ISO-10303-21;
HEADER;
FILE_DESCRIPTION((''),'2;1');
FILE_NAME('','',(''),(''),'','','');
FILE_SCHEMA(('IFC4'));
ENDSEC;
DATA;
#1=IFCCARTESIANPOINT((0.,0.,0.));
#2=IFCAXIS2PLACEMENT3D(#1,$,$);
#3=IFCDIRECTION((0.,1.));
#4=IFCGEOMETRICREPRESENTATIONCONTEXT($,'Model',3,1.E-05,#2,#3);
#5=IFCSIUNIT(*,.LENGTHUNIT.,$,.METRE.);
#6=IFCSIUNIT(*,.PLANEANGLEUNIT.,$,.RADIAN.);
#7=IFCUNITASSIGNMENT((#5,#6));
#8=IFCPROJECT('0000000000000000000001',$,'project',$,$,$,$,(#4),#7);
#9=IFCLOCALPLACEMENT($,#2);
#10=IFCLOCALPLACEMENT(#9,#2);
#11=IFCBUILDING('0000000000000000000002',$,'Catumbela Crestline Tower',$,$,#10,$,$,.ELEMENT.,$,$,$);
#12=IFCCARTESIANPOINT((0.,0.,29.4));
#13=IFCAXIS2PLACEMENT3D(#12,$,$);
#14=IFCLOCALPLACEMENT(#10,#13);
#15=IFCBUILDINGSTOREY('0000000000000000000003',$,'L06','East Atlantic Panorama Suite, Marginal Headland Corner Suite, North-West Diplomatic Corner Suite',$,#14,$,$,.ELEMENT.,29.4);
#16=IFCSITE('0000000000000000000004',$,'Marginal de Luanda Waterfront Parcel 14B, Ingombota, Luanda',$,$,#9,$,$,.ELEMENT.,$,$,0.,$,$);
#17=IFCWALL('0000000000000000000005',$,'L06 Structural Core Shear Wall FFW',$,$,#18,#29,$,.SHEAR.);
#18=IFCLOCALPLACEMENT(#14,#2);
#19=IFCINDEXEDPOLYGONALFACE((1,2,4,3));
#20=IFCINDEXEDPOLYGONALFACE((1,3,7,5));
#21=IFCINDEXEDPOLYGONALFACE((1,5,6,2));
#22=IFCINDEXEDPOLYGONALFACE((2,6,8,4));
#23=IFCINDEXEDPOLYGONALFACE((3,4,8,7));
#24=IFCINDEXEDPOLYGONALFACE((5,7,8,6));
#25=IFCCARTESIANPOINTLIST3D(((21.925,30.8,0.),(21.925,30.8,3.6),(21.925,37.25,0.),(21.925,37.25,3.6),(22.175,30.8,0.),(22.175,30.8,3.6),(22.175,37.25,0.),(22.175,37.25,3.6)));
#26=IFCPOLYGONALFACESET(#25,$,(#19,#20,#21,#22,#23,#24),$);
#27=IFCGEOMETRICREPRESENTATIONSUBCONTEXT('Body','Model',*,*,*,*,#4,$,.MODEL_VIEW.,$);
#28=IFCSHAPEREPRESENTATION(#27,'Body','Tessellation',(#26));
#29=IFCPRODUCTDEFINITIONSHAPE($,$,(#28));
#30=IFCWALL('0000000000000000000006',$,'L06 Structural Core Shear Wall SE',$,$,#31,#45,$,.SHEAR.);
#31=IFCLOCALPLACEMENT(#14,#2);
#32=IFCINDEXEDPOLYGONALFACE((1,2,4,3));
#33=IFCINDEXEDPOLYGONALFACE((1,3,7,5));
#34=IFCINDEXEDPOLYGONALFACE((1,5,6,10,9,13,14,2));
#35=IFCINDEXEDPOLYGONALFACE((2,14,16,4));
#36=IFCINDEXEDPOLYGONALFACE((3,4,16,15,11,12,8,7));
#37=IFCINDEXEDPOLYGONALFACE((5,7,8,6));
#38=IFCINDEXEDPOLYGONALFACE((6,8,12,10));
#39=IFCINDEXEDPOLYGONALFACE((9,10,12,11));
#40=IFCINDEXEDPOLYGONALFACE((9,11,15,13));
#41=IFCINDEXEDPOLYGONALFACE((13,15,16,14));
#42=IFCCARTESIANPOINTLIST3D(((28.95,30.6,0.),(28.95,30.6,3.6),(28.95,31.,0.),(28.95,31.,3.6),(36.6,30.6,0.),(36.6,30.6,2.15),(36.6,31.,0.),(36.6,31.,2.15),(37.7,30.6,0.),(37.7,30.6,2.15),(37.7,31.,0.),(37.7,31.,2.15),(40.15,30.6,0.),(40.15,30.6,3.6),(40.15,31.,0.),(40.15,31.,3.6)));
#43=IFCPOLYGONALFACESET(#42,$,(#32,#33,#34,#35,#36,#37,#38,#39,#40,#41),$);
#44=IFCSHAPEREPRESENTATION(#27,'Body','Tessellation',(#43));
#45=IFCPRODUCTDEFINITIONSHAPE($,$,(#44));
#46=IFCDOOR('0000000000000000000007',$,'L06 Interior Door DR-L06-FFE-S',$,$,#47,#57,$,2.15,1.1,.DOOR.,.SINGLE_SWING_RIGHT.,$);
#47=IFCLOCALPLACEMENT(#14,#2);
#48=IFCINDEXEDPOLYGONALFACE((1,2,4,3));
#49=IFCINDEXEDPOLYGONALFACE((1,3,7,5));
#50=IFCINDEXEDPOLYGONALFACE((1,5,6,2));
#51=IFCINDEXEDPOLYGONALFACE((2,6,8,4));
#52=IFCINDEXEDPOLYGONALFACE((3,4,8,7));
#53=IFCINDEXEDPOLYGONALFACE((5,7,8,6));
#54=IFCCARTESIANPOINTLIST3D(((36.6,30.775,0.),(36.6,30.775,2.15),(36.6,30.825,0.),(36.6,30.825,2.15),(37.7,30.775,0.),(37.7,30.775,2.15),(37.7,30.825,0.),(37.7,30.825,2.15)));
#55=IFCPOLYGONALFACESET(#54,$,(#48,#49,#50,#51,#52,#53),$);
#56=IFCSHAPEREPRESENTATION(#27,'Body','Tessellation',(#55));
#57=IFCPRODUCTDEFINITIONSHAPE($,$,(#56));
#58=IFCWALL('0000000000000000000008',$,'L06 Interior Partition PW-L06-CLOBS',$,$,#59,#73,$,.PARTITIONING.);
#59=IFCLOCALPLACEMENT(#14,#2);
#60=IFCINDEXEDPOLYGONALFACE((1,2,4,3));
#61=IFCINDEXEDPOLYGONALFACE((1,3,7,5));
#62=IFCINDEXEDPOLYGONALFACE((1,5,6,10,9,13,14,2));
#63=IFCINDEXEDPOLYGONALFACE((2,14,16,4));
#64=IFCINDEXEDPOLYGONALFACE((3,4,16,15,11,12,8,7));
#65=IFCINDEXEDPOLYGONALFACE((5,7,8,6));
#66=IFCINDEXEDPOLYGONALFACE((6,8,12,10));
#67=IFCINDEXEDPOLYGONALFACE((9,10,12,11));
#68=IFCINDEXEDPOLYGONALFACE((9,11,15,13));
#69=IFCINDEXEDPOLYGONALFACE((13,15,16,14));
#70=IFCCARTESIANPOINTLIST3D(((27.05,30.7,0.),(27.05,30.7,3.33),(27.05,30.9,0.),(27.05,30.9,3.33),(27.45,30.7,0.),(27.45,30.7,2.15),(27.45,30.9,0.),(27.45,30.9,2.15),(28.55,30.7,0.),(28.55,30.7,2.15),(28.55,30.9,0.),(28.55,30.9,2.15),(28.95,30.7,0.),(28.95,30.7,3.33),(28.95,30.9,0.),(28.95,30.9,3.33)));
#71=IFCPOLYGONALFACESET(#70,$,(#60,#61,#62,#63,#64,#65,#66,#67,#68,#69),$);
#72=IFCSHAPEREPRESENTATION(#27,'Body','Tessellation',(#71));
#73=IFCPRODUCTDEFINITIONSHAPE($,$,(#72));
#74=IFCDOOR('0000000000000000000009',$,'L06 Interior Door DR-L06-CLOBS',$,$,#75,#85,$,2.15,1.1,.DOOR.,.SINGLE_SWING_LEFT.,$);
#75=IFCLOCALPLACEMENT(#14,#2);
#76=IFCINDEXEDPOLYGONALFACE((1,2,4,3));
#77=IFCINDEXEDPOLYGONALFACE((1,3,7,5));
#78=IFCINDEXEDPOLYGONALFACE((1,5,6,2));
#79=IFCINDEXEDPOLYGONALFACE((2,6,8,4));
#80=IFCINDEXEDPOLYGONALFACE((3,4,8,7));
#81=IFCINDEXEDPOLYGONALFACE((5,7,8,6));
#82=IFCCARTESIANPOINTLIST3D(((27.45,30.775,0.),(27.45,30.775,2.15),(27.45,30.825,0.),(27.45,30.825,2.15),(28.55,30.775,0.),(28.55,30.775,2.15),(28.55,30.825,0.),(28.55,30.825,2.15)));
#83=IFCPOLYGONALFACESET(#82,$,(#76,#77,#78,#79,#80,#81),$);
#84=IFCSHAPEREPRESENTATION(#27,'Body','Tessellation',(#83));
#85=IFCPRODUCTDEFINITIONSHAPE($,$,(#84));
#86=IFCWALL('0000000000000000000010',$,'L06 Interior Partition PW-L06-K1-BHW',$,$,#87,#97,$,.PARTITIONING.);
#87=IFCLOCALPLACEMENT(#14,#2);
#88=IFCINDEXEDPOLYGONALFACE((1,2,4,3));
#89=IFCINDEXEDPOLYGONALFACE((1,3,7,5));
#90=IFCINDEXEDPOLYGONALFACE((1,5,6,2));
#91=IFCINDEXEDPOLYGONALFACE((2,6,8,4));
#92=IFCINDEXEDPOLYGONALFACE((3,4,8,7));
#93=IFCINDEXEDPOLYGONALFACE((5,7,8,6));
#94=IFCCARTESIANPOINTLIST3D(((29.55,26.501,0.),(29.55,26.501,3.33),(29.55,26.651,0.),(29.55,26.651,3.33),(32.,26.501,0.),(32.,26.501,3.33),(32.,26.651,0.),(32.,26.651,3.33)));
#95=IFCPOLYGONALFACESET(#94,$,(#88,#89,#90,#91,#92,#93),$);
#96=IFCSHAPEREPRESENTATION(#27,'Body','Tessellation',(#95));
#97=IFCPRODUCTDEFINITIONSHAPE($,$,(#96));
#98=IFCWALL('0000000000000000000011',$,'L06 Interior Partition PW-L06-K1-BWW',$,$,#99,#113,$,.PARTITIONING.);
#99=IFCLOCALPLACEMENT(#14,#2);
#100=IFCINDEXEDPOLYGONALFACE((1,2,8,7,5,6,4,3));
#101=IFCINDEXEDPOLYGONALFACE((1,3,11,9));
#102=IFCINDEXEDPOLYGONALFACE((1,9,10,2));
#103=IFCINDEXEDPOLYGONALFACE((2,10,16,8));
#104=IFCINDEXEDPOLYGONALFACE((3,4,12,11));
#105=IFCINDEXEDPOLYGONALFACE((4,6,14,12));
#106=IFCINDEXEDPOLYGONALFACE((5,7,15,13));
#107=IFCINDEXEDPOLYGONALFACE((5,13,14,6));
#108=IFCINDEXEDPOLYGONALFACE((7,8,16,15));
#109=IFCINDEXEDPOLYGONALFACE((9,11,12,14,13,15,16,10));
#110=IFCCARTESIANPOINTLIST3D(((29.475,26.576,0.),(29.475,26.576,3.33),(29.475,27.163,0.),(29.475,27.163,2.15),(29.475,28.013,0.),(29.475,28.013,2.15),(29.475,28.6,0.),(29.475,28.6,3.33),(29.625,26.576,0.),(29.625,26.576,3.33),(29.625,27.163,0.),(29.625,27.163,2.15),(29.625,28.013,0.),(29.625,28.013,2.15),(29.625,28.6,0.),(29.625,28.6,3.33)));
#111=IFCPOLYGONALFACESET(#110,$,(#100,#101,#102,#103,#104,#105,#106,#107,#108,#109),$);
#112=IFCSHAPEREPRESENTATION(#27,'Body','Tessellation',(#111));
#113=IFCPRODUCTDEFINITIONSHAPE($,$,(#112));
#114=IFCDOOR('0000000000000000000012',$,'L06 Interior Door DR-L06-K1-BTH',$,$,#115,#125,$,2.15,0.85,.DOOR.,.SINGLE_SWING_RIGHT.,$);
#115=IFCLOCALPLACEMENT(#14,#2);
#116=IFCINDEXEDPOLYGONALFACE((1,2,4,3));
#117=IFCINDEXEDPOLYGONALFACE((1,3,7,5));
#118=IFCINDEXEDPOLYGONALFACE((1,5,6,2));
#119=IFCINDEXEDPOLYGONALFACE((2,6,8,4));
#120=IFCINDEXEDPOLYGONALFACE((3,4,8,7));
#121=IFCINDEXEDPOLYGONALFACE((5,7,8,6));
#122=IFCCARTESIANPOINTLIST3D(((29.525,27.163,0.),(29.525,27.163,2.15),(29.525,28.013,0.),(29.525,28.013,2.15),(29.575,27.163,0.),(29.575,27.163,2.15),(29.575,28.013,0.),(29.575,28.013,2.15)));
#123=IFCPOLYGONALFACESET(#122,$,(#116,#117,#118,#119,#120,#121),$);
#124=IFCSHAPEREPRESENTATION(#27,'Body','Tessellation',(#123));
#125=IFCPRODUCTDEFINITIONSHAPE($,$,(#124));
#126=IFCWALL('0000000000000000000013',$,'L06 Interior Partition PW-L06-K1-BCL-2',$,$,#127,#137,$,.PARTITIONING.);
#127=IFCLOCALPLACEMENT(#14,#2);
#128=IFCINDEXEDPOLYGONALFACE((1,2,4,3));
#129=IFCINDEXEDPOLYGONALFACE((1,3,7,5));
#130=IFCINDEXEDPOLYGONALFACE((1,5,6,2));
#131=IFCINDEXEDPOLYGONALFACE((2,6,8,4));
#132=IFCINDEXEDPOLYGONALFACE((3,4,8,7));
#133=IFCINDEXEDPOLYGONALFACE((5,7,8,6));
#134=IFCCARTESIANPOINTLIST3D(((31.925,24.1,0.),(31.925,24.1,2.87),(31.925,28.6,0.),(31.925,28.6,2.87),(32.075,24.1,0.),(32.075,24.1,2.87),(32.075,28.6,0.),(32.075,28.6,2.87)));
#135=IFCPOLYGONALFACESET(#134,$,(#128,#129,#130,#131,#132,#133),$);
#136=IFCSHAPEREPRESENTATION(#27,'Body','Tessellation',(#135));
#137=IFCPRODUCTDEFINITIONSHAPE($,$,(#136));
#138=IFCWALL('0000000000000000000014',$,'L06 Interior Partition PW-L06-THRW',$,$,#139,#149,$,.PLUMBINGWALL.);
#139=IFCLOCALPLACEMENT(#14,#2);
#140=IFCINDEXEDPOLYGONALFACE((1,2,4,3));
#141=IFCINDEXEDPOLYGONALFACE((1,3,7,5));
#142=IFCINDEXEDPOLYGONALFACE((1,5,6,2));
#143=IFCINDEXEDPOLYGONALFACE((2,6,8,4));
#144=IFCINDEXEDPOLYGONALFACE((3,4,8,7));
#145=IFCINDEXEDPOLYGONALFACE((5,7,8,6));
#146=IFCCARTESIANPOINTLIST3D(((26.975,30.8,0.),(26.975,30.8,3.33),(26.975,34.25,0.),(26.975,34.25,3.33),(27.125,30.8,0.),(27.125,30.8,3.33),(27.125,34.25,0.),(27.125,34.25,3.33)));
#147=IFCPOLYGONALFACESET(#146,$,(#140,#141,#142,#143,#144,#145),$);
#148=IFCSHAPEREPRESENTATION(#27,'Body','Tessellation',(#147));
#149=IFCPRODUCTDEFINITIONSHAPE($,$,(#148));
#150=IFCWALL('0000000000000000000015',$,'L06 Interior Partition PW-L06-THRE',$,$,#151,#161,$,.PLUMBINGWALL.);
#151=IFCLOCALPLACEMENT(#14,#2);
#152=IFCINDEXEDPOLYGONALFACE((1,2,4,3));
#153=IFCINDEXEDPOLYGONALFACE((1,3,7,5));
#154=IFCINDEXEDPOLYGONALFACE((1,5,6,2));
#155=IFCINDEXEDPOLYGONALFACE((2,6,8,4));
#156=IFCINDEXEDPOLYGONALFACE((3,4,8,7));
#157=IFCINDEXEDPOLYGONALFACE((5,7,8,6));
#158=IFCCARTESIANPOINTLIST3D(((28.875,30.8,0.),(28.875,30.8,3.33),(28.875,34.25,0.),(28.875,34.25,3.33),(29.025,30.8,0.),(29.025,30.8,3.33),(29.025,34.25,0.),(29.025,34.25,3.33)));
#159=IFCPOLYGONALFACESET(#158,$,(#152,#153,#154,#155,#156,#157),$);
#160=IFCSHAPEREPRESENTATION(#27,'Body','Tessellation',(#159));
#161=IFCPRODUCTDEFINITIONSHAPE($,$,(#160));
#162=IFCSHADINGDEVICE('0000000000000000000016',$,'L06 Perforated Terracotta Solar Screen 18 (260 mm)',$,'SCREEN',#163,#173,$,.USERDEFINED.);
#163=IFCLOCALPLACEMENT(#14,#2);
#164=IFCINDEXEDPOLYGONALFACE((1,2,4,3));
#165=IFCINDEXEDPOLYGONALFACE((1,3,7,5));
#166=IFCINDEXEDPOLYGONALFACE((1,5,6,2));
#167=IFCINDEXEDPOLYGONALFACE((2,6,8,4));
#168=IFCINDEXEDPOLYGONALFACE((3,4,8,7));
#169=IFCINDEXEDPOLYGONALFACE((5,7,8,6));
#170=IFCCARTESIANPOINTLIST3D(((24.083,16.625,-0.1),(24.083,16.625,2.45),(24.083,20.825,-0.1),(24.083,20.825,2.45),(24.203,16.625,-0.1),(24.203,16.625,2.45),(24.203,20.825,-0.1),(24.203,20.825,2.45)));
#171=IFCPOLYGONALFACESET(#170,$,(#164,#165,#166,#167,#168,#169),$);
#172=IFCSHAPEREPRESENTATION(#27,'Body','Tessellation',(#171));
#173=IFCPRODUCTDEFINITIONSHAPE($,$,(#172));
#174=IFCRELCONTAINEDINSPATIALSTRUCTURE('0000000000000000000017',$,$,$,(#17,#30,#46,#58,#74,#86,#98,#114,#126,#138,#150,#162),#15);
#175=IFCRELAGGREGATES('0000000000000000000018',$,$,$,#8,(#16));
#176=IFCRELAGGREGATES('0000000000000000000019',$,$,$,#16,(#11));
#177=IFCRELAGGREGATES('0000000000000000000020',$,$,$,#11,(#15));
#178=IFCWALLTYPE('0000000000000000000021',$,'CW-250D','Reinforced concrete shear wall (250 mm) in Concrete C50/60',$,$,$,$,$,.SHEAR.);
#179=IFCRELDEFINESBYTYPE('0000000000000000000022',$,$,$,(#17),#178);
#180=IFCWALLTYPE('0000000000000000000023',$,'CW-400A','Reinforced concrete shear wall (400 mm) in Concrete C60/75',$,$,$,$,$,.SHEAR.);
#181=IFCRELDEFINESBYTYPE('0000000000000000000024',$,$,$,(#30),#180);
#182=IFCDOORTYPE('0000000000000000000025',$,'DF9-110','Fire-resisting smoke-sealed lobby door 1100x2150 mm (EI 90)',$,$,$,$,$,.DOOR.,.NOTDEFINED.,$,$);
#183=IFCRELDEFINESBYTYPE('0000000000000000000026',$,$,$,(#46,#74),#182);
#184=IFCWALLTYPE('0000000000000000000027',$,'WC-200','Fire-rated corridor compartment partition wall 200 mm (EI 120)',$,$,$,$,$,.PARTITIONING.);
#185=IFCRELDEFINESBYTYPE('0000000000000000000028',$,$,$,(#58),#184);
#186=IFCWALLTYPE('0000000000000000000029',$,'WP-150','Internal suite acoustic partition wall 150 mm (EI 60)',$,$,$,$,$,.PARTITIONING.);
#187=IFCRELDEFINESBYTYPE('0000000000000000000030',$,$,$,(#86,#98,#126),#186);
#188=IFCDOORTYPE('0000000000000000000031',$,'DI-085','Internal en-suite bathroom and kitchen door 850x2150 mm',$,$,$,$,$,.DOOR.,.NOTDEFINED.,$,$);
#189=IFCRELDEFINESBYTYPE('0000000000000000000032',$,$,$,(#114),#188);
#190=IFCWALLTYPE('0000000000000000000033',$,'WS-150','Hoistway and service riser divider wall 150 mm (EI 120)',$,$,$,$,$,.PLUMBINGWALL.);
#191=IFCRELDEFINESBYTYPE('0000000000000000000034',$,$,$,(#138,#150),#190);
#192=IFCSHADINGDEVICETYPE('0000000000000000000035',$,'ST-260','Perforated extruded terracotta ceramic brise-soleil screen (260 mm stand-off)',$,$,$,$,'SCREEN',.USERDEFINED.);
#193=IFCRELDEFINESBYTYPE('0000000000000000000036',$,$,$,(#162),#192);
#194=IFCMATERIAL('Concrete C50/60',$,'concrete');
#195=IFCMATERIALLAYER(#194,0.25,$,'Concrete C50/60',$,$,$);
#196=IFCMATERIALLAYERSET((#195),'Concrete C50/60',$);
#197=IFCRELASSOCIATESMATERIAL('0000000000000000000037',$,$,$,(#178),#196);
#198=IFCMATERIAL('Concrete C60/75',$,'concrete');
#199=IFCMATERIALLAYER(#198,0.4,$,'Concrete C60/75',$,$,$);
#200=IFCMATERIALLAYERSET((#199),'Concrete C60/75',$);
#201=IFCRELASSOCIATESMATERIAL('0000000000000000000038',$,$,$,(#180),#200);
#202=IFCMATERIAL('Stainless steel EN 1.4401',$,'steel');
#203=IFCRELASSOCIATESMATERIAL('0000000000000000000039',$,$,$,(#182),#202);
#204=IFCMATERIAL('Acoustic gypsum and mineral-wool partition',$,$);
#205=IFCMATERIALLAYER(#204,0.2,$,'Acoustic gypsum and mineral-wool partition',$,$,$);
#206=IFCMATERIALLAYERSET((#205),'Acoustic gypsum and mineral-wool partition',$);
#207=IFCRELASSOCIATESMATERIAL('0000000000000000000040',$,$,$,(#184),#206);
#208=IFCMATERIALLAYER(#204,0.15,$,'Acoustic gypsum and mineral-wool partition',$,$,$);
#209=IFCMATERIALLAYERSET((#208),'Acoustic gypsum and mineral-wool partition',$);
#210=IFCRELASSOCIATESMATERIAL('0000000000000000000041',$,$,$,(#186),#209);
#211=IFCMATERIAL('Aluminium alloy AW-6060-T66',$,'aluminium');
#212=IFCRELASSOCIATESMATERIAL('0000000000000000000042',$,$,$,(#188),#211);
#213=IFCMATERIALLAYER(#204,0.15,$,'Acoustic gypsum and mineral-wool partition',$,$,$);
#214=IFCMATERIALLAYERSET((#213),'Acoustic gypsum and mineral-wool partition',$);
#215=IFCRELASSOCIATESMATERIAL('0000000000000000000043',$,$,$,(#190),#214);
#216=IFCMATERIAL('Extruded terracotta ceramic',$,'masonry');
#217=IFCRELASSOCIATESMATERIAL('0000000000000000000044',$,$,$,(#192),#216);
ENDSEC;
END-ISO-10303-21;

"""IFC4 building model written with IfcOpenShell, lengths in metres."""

from ifc_helpers import new_model, si_unit, direction, frame, frame_2d, origin, origin_2d, place, context, subcontext, project, spatial, rectangle, extrude, material, layer, layer_set, type_object, element, fill, save


model = new_model("IFC4")

# Units and contexts
model_context = context("Model", 3, precision=1e-05, world=origin(), true_north=direction((0.0, 1.0)))
body_context = subcontext(model_context, "Body", "Model", "MODEL_VIEW")
ifc_project = project(units=[si_unit("LENGTHUNIT", "METRE"), si_unit("PLANEANGLEUNIT", "RADIAN")], contexts=[model_context])

# Site, building, storey
site_placement = place(None, origin())
site = spatial("IfcSite", under=ifc_project, at=site_placement, Name="Marginal de Luanda Waterfront Parcel 14B, Ingombota, Luanda", CompositionType="ELEMENT", RefElevation=0.0)
building_placement = place(site_placement, origin())
building = spatial("IfcBuilding", under=site, at=building_placement, Name="Catumbela Crestline Tower", CompositionType="ELEMENT")
storey_placement = place(building_placement, frame((0.0, 0.0, 29.4)))
storey = spatial("IfcBuildingStorey", under=building, at=storey_placement, Name="L06", Description="East Atlantic Panorama Suite, Marginal Headland Corner Suite, North-West Diplomatic Corner Suite", CompositionType="ELEMENT", Elevation=29.4)

# Shared definitions
ifc_material_1 = material(Name="Concrete C60/75", Category="concrete")

# Shared definitions
ifc_material_2 = material(Name="Aluminium alloy AW-6060-T66", Category="aluminium")

# Wall
ifc_material_3 = material(Name="Concrete C50/60", Category="concrete")
ifc_layer_1 = layer(ifc_material_3, 0.25, Name="Concrete C50/60")
ifc_layer_set_1 = layer_set([ifc_layer_1], Name="Concrete C50/60")
wall_type_1 = type_object("IfcWallType", Name="CW-250D", Description="Reinforced concrete shear wall (250 mm) in Concrete C50/60", PredefinedType="SHEAR", material=ifc_layer_set_1)
wall_1_placement = place(storey_placement, frame((22.05, 30.8, 0.0), z_axis=(0.0, 0.0, 1.0), x_axis=(0.0, 1.0, 0.0)))
element("IfcWall", 1, at=wall_1_placement, inside=storey, type_object=wall_type_1, Name="L06 Structural Core Shear Wall FFW", PredefinedType="SHEAR", context=body_context, shape_type="SweptSolid", body=[
    extrude(rectangle(XDim=6.45, YDim=0.25, at=frame_2d((3.225, 0.0))), origin(), (0.0, 0.0, 1.0), 3.6),
])

# Walls, openings, doors
ifc_layer_2 = layer(ifc_material_1, 0.4, Name="Concrete C60/75")
ifc_layer_set_2 = layer_set([ifc_layer_2], Name="Concrete C60/75")
wall_type_2 = type_object("IfcWallType", Name="CW-400A", Description="Reinforced concrete shear wall (400 mm) in Concrete C60/75", PredefinedType="SHEAR", material=ifc_layer_set_2)
wall_2_placement = place(storey_placement, frame((28.95, 30.8, 0.0), z_axis=(0.0, 0.0, 1.0), x_axis=(1.0, 0.0, 0.0)))
wall_2 = element("IfcWall", 2, at=wall_2_placement, inside=storey, type_object=wall_type_2, Name="L06 Structural Core Shear Wall SE", PredefinedType="SHEAR", context=body_context, shape_type="SweptSolid", body=[
    extrude(rectangle(XDim=11.2, YDim=0.4, at=frame_2d((5.6, 0.0))), origin(), (0.0, 0.0, 1.0), 3.6),
])
opening_1_placement = place(wall_2_placement, frame((7.65, 0.0, 0.0)))
opening_1 = element("IfcOpeningElement", 3, at=opening_1_placement, cuts=wall_2, PredefinedType="OPENING", context=body_context, shape_type="SweptSolid", body=[
    extrude(rectangle(XDim=1.1, YDim=2.15, at=frame_2d((0.55, 1.075))), frame((0.0, 0.21, 0.0), z_axis=(0.0, -1.0, 0.0), x_axis=(1.0, 0.0, 0.0)), (0.0, 0.0, 1.0), 0.42),
])
ifc_material_4 = material(Name="Stainless steel EN 1.4401", Category="steel")
door_type_1 = type_object("IfcDoorType", Name="DF9-110", Description="Fire-resisting smoke-sealed lobby door 1100x2150 mm (EI 90)", OperationType="NOTDEFINED", PredefinedType="DOOR", material=ifc_material_4)
door_1_placement = place(opening_1_placement, origin())
door_1 = element("IfcDoor", 4, at=door_1_placement, inside=storey, type_object=door_type_1, Name="L06 Interior Door DR-L06-FFE-S", OperationType="SINGLE_SWING_RIGHT", OverallHeight=2.15, OverallWidth=1.1, PredefinedType="DOOR", context=body_context, shape_type="SweptSolid", body=[
    extrude(rectangle(XDim=1.1, YDim=2.15, at=frame_2d((0.55, 1.075))), frame((0.0, 0.025, 0.0), z_axis=(0.0, -1.0, 0.0), x_axis=(1.0, 0.0, 0.0)), (0.0, 0.0, 1.0), 0.05),
])
fill(opening_1, door_1)
ifc_material_5 = material(Name="Acoustic gypsum and mineral-wool partition")
ifc_layer_3 = layer(ifc_material_5, 0.2, Name="Acoustic gypsum and mineral-wool partition")
ifc_layer_set_3 = layer_set([ifc_layer_3], Name="Acoustic gypsum and mineral-wool partition")
wall_type_3 = type_object("IfcWallType", Name="WC-200", Description="Fire-rated corridor compartment partition wall 200 mm (EI 120)", PredefinedType="PARTITIONING", material=ifc_layer_set_3)
wall_3_placement = place(storey_placement, frame((27.05, 30.8, 0.0), z_axis=(0.0, 0.0, 1.0), x_axis=(1.0, 0.0, 0.0)))
wall_3 = element("IfcWall", 5, at=wall_3_placement, inside=storey, type_object=wall_type_3, Name="L06 Interior Partition PW-L06-CLOBS", PredefinedType="PARTITIONING", context=body_context, shape_type="SweptSolid", body=[
    extrude(rectangle(XDim=1.9, YDim=0.2, at=frame_2d((0.95, 0.0))), origin(), (0.0, 0.0, 1.0), 3.33),
])
opening_2_placement = place(wall_3_placement, frame((0.4, 0.0, 0.0)))
opening_2 = element("IfcOpeningElement", 6, at=opening_2_placement, cuts=wall_3, PredefinedType="OPENING", context=body_context, shape_type="SweptSolid", body=[
    extrude(rectangle(XDim=1.1, YDim=2.15, at=frame_2d((0.55, 1.075))), frame((0.0, 0.11, 0.0), z_axis=(0.0, -1.0, 0.0), x_axis=(1.0, 0.0, 0.0)), (0.0, 0.0, 1.0), 0.22),
])
door_2_placement = place(opening_2_placement, origin())
door_2 = element("IfcDoor", 7, at=door_2_placement, inside=storey, type_object=door_type_1, Name="L06 Interior Door DR-L06-CLOBS", OperationType="SINGLE_SWING_LEFT", OverallHeight=2.15, OverallWidth=1.1, PredefinedType="DOOR", context=body_context, shape_type="SweptSolid", body=[
    extrude(rectangle(XDim=1.1, YDim=2.15, at=frame_2d((0.55, 1.075))), frame((0.0, 0.025, 0.0), z_axis=(0.0, -1.0, 0.0), x_axis=(1.0, 0.0, 0.0)), (0.0, 0.0, 1.0), 0.05),
])
fill(opening_2, door_2)

# Wall
ifc_layer_4 = layer(ifc_material_5, 0.15, Name="Acoustic gypsum and mineral-wool partition")
ifc_layer_set_4 = layer_set([ifc_layer_4], Name="Acoustic gypsum and mineral-wool partition")
wall_type_4 = type_object("IfcWallType", Name="WP-150", Description="Internal suite acoustic partition wall 150 mm (EI 60)", PredefinedType="PARTITIONING", material=ifc_layer_set_4)
wall_4_placement = place(storey_placement, frame((29.55, 26.576, 0.0), z_axis=(0.0, 0.0, 1.0), x_axis=(1.0, 0.0, 0.0)))
element("IfcWall", 8, at=wall_4_placement, inside=storey, type_object=wall_type_4, Name="L06 Interior Partition PW-L06-K1-BHW", PredefinedType="PARTITIONING", context=body_context, shape_type="SweptSolid", body=[
    extrude(rectangle(XDim=2.45, YDim=0.15, at=frame_2d((1.225, 0.0))), origin(), (0.0, 0.0, 1.0), 3.33),
])

# Wall, opening, door
wall_5_placement = place(storey_placement, frame((29.55, 26.576, 0.0), z_axis=(0.0, 0.0, 1.0), x_axis=(0.0, 1.0, 0.0)))
wall_5 = element("IfcWall", 9, at=wall_5_placement, inside=storey, type_object=wall_type_4, Name="L06 Interior Partition PW-L06-K1-BWW", PredefinedType="PARTITIONING", context=body_context, shape_type="SweptSolid", body=[
    extrude(rectangle(XDim=2.024, YDim=0.15, at=frame_2d((1.012, 0.0))), origin(), (0.0, 0.0, 1.0), 3.33),
])
opening_3_placement = place(wall_5_placement, frame((0.587, 0.0, 0.0)))
opening_3 = element("IfcOpeningElement", 10, at=opening_3_placement, cuts=wall_5, PredefinedType="OPENING", context=body_context, shape_type="SweptSolid", body=[
    extrude(rectangle(XDim=0.85, YDim=2.15, at=frame_2d((0.425, 1.075))), frame((0.0, 0.085, 0.0), z_axis=(0.0, -1.0, 0.0), x_axis=(1.0, 0.0, 0.0)), (0.0, 0.0, 1.0), 0.17),
])
door_type_2 = type_object("IfcDoorType", Name="DI-085", Description="Internal en-suite bathroom and kitchen door 850x2150 mm", OperationType="NOTDEFINED", PredefinedType="DOOR", material=ifc_material_2)
door_3_placement = place(opening_3_placement, origin())
door_3 = element("IfcDoor", 11, at=door_3_placement, inside=storey, type_object=door_type_2, Name="L06 Interior Door DR-L06-K1-BTH", OperationType="SINGLE_SWING_RIGHT", OverallHeight=2.15, OverallWidth=0.85, PredefinedType="DOOR", context=body_context, shape_type="SweptSolid", body=[
    extrude(rectangle(XDim=0.85, YDim=2.15, at=frame_2d((0.425, 1.075))), frame((0.0, 0.025, 0.0), z_axis=(0.0, -1.0, 0.0), x_axis=(1.0, 0.0, 0.0)), (0.0, 0.0, 1.0), 0.05),
])
fill(opening_3, door_3)

# Walls
wall_6_placement = place(storey_placement, frame((32.0, 28.6, 0.0), z_axis=(0.0, 0.0, 1.0), x_axis=(0.0, -1.0, 0.0)))
element("IfcWall", 12, at=wall_6_placement, inside=storey, type_object=wall_type_4, Name="L06 Interior Partition PW-L06-K1-BCL-2", PredefinedType="PARTITIONING", context=body_context, shape_type="SweptSolid", body=[
    extrude(rectangle(XDim=4.5, YDim=0.15, at=frame_2d((2.25, 0.0))), origin(), (0.0, 0.0, 1.0), 2.87),
])
ifc_layer_5 = layer(ifc_material_5, 0.15, Name="Acoustic gypsum and mineral-wool partition")
ifc_layer_set_5 = layer_set([ifc_layer_5], Name="Acoustic gypsum and mineral-wool partition")
wall_type_5 = type_object("IfcWallType", Name="WS-150", Description="Hoistway and service riser divider wall 150 mm (EI 120)", PredefinedType="PLUMBINGWALL", material=ifc_layer_set_5)
for number, where, z_axis, x_axis, name in (
    (13, (27.05, 30.8, 0.0), (0.0, 0.0, 1.0), (0.0, 1.0, 0.0), "L06 Interior Partition PW-L06-THRW"),
    (14, (28.95, 30.8, 0.0), (0.0, 0.0, 1.0), (0.0, 1.0, 0.0), "L06 Interior Partition PW-L06-THRE"),
):
    element("IfcWall", number, at=place(storey_placement, frame(where, z_axis=z_axis, x_axis=x_axis)), inside=storey, type_object=wall_type_5, Name=name, PredefinedType="PLUMBINGWALL", context=body_context, shape_type="SweptSolid", body=[
        extrude(rectangle(XDim=3.45, YDim=0.15, at=frame_2d((1.725, 0.0))), origin(), (0.0, 0.0, 1.0), 3.33),
    ])

# Shading device
ifc_material_6 = material(Name="Extruded terracotta ceramic", Category="masonry")
shading_device_type = type_object("IfcShadingDeviceType", Name="ST-260", Description="Perforated extruded terracotta ceramic brise-soleil screen (260 mm stand-off)", ElementType="SCREEN", PredefinedType="USERDEFINED", material=ifc_material_6)
for number, where, z_axis, x_axis, name in (
    (15, (24.143, 18.725, -0.1), (0.0, 0.0, 1.0), (0.0, 1.0, 0.0), "L06 Perforated Terracotta Solar Screen 18 (260 mm)"),
):
    element("IfcShadingDevice", number, at=place(storey_placement, frame(where, z_axis=z_axis, x_axis=x_axis)), inside=storey, type_object=shading_device_type, Name=name, ObjectType="SCREEN", PredefinedType="USERDEFINED", context=body_context, shape_type="SweptSolid", body=[
        extrude(rectangle(XDim=4.2, YDim=0.12, at=origin_2d()), origin(), (0.0, 0.0, 1.0), 2.55),
    ])

save(model, "model.ifc")
